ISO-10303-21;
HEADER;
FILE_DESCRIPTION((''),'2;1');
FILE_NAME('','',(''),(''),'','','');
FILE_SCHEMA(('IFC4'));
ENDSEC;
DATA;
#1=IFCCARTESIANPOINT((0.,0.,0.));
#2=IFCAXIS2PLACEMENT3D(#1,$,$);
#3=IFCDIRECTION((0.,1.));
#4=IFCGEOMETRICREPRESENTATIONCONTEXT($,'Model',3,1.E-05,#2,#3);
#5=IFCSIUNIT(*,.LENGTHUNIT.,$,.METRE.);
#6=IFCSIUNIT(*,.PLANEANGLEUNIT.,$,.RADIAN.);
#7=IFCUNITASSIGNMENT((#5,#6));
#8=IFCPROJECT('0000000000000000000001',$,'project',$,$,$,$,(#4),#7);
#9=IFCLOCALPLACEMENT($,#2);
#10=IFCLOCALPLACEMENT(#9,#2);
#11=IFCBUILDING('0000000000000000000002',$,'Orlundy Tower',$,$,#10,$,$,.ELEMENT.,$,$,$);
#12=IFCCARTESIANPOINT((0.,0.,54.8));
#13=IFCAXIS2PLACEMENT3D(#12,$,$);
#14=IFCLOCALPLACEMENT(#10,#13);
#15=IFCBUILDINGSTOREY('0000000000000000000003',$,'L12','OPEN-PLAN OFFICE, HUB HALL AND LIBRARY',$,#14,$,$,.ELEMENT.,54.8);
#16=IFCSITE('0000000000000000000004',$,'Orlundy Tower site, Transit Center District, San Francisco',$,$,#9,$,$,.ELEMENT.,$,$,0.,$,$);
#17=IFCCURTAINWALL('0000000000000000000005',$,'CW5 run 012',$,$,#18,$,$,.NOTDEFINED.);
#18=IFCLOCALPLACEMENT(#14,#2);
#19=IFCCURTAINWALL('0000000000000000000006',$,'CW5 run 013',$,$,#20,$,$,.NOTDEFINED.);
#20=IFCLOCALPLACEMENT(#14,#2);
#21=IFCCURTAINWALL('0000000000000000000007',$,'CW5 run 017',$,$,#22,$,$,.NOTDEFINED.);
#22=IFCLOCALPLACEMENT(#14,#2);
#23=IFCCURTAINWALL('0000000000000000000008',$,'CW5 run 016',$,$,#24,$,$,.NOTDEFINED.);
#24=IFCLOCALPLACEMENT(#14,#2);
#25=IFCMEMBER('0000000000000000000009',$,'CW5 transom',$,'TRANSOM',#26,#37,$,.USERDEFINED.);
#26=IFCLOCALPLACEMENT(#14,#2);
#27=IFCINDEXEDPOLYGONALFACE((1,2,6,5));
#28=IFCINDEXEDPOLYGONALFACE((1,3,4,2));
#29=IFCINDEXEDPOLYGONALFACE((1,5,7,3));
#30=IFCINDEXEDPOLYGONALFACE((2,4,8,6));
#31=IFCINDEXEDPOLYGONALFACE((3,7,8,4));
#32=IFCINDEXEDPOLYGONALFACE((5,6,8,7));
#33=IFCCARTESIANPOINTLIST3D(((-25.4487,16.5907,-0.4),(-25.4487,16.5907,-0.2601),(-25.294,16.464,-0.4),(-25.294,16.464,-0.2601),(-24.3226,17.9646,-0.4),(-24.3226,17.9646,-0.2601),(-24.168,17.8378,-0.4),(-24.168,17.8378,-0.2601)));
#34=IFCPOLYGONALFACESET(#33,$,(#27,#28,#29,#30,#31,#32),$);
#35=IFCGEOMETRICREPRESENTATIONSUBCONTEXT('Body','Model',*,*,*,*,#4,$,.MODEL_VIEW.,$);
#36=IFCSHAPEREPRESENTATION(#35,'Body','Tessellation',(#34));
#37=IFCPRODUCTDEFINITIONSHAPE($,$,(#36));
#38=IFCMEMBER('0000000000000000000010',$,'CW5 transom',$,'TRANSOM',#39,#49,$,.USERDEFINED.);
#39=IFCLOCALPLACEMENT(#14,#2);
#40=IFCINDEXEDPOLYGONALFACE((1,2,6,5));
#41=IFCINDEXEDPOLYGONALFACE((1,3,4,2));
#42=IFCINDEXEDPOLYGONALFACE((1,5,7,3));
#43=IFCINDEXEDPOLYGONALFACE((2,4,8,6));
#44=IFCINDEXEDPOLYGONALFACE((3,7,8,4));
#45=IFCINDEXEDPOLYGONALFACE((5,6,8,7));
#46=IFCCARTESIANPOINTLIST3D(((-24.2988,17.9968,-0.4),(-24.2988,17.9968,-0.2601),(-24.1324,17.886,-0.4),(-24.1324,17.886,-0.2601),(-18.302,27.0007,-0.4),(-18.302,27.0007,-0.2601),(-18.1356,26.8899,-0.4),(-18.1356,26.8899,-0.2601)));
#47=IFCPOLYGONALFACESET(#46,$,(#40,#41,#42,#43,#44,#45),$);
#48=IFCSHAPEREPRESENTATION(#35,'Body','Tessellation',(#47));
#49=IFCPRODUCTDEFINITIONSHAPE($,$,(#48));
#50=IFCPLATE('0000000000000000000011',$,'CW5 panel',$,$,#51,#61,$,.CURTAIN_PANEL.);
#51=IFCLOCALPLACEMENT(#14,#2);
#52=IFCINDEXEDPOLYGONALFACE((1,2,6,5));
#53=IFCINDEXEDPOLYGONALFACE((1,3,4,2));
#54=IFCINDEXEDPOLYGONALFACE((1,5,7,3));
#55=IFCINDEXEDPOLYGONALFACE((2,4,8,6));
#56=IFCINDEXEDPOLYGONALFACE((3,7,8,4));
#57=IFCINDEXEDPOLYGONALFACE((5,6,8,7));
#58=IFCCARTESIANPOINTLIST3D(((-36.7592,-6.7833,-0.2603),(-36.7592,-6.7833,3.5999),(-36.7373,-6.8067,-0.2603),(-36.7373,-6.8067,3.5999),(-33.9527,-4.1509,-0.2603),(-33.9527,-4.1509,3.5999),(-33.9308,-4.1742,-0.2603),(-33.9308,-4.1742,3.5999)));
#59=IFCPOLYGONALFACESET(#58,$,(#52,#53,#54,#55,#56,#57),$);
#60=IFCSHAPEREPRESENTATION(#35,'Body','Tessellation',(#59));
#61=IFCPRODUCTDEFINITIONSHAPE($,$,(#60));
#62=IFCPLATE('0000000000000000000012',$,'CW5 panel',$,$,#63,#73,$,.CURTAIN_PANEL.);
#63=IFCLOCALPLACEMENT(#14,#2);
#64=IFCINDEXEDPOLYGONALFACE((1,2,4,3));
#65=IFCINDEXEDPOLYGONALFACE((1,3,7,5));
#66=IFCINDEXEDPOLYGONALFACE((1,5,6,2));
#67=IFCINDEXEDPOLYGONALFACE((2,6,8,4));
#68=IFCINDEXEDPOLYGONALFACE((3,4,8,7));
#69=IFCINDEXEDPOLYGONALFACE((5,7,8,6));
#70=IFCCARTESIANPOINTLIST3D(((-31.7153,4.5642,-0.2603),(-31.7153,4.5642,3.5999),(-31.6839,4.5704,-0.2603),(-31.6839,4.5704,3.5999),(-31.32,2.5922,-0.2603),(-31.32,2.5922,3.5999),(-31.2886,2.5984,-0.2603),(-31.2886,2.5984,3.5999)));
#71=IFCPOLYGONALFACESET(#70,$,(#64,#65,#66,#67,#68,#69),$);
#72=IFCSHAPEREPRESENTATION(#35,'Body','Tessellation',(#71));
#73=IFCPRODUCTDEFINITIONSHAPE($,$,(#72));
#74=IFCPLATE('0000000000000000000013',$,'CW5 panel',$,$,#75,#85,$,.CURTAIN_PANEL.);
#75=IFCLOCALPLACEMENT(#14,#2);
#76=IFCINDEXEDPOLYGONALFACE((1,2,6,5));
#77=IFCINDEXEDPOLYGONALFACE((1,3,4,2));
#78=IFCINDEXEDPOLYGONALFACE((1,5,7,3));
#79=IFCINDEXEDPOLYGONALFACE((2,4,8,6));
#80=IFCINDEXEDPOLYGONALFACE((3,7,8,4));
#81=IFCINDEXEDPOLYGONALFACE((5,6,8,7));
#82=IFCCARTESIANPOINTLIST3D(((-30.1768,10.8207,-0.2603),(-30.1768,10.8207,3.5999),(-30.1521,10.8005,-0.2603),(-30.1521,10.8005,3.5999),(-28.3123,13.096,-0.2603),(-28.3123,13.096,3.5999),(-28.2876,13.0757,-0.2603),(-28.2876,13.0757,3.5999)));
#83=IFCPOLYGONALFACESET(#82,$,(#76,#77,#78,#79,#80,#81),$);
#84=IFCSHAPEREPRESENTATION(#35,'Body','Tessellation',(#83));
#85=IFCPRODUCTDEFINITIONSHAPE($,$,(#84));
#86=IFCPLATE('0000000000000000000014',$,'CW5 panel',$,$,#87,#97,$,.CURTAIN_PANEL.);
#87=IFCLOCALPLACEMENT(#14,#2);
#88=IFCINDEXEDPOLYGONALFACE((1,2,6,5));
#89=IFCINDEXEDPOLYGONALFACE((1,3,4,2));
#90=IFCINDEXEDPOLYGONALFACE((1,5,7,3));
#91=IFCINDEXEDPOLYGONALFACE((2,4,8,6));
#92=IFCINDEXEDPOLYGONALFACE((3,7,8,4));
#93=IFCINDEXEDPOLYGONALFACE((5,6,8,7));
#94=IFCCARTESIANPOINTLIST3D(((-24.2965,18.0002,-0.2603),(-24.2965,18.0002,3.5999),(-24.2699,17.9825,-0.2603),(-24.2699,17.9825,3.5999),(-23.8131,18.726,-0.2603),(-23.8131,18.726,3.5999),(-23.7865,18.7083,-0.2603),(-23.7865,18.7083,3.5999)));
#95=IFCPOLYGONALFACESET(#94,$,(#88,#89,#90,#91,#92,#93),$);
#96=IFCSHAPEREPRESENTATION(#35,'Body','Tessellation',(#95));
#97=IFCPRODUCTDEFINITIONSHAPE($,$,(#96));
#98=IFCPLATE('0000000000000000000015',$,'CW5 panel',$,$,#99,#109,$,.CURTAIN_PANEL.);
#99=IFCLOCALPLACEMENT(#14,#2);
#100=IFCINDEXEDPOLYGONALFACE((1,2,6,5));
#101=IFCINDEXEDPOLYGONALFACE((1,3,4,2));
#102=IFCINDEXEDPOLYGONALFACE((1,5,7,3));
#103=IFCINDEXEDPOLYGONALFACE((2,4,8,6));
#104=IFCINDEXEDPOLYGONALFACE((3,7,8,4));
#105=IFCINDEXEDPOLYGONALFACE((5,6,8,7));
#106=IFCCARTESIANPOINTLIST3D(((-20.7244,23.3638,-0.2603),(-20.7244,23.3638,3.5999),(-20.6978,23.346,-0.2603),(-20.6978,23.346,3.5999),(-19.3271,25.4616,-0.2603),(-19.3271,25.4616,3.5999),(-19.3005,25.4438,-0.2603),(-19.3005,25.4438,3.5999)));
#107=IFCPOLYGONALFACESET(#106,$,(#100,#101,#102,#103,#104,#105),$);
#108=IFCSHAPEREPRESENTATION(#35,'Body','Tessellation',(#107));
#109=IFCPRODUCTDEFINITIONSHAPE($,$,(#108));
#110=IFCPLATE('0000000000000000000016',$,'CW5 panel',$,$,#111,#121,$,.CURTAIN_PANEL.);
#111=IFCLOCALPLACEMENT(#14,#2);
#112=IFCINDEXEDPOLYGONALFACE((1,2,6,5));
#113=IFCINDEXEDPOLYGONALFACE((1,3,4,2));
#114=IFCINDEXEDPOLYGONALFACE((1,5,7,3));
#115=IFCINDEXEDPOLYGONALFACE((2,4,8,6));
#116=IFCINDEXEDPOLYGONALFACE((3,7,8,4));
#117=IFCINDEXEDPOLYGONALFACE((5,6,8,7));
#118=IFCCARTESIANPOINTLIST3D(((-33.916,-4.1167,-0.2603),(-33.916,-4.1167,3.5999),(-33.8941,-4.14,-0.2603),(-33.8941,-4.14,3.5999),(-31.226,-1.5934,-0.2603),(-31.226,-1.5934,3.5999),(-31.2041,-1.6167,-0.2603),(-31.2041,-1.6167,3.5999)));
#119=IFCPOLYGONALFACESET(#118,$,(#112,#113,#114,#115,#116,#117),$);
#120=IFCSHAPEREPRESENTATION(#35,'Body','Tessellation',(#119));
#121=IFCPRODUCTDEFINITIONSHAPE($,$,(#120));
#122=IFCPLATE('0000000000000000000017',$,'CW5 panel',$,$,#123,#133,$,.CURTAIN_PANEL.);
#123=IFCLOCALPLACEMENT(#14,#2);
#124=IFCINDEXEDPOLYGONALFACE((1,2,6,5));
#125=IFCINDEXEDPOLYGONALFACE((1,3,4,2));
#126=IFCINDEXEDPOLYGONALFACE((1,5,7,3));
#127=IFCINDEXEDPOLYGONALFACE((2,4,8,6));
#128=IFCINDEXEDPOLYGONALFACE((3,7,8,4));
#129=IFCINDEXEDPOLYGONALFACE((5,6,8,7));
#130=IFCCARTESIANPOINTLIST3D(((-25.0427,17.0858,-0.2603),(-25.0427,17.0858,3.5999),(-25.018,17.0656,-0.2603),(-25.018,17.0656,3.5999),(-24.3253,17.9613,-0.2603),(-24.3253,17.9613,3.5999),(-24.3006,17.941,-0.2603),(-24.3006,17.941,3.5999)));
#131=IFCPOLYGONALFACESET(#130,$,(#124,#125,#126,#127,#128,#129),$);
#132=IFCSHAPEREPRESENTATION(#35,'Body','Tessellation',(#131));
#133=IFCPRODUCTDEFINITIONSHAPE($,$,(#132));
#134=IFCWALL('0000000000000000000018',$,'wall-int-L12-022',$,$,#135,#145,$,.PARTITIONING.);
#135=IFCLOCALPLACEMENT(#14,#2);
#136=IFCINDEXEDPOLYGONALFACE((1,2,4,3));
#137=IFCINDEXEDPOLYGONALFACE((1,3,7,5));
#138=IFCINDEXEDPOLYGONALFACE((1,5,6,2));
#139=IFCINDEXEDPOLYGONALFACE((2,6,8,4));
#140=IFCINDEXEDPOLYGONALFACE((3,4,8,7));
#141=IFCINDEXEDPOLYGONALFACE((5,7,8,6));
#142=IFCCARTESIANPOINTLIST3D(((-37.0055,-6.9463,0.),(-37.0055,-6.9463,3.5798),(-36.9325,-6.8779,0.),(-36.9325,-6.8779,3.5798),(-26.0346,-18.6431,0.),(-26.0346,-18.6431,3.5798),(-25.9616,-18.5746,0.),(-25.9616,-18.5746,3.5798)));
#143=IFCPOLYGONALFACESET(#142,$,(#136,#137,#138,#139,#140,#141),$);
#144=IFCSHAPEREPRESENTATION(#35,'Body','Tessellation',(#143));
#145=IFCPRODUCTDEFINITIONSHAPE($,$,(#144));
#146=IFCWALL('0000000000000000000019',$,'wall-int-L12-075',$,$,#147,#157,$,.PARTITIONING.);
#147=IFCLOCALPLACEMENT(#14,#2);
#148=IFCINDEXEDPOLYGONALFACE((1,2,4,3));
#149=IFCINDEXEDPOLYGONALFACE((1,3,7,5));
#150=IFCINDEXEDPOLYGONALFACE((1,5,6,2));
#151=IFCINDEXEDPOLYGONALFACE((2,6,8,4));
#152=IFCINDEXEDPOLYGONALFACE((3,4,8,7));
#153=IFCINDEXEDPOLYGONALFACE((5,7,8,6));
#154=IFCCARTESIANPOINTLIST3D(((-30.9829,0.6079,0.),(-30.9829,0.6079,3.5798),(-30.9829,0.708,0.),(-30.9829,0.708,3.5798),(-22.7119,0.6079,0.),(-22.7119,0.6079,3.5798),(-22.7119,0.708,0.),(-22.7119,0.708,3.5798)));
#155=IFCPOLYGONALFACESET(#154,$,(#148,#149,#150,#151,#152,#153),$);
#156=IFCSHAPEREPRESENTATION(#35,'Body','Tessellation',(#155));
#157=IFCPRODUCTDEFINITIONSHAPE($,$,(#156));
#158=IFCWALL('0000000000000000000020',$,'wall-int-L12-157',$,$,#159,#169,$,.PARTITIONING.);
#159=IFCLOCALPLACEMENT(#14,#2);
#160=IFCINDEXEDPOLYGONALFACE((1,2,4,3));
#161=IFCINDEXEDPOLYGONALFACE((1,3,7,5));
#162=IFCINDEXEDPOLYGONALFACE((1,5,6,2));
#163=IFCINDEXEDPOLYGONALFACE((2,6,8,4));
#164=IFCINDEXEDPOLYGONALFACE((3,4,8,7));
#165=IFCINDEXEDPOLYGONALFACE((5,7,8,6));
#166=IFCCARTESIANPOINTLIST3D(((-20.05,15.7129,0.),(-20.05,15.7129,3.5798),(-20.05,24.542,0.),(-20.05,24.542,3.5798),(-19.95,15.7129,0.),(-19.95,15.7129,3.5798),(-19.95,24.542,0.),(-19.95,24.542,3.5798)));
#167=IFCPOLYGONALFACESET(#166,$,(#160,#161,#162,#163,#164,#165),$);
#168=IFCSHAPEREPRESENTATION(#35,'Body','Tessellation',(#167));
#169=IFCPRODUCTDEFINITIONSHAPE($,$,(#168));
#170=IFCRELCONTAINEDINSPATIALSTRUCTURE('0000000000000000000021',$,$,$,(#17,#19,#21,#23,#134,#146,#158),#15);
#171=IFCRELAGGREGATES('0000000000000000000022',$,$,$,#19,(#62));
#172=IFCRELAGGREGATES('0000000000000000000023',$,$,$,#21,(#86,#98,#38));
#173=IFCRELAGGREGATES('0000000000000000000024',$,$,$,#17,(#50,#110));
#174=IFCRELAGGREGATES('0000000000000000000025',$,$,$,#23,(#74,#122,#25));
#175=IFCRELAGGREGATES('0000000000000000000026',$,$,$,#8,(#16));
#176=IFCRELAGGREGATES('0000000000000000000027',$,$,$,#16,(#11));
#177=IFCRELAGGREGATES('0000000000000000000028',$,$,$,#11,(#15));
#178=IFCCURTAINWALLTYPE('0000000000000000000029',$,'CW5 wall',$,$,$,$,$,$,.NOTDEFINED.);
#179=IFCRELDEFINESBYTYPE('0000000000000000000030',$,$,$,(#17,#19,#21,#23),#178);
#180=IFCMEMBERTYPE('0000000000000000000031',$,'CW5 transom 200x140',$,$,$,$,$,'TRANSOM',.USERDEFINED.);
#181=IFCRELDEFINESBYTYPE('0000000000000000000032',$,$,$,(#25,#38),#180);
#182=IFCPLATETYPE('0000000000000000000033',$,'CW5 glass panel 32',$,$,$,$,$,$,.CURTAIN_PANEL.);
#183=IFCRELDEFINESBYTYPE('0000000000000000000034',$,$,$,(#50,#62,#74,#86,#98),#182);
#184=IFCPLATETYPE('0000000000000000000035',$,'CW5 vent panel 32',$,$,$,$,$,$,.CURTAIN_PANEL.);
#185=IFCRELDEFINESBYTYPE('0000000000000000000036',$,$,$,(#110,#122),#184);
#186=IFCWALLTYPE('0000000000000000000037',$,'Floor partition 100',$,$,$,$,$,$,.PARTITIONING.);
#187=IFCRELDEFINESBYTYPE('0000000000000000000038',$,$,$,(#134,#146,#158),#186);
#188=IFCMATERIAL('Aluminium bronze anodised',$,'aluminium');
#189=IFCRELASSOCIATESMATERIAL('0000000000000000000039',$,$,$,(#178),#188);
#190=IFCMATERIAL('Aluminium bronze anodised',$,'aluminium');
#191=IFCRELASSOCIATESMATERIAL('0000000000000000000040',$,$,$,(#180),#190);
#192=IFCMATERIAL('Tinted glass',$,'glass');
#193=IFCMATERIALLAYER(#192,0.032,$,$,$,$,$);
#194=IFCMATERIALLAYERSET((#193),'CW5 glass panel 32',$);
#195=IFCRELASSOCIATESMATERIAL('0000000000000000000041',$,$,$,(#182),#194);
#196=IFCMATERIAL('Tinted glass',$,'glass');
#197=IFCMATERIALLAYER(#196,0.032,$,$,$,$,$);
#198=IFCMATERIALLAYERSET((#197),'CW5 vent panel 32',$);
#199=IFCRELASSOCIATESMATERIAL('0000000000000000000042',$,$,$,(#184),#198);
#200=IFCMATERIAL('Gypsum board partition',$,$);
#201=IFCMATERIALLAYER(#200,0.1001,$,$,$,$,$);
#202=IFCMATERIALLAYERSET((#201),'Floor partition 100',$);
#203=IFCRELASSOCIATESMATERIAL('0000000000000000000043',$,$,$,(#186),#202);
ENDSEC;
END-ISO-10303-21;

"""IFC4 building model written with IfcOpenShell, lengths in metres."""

from ifc_helpers import new_model, si_unit, direction, frame, frame_2d, origin, origin_2d, place, context, subcontext, project, spatial, rectangle, extrude, material, layer, layer_set, material_profile, profile_set, type_object, element, aggregate, save


model = new_model("IFC4")

# Units and contexts
model_context = context("Model", 3, precision=1e-05, world=origin(), true_north=direction((0.0, 1.0)))
body_context = subcontext(model_context, "Body", "Model", "MODEL_VIEW")
ifc_project = project(units=[si_unit("LENGTHUNIT", "METRE"), si_unit("PLANEANGLEUNIT", "RADIAN")], contexts=[model_context])

# Site, building, storey
site_placement = place(None, origin())
site = spatial("IfcSite", under=ifc_project, at=site_placement, Name="Orlundy Tower site, Transit Center District, San Francisco", CompositionType="ELEMENT", RefElevation=0.0)
building_placement = place(site_placement, origin())
building = spatial("IfcBuilding", under=site, at=building_placement, Name="Orlundy Tower", CompositionType="ELEMENT")
storey_placement = place(building_placement, frame((0.0, 0.0, 54.8)))
storey = spatial("IfcBuildingStorey", under=building, at=storey_placement, Name="L12", Description="OPEN-PLAN OFFICE, HUB HALL AND LIBRARY", CompositionType="ELEMENT", Elevation=54.8)

# Curtain walls
ifc_material_1 = material(Name="Aluminium bronze anodised", Category="aluminium")
curtain_wall_type = type_object("IfcCurtainWallType", Name="CW5 wall", PredefinedType="NOTDEFINED", material=ifc_material_1)
curtain_wall_1_placement = place(storey_placement, origin())
curtain_wall_1 = element("IfcCurtainWall", 1, at=curtain_wall_1_placement, inside=storey, type_object=curtain_wall_type, Name="CW5 run 012", PredefinedType="NOTDEFINED")
curtain_wall_2_placement = place(storey_placement, origin())
curtain_wall_2 = element("IfcCurtainWall", 2, at=curtain_wall_2_placement, inside=storey, type_object=curtain_wall_type, Name="CW5 run 013", PredefinedType="NOTDEFINED")
curtain_wall_3_placement = place(storey_placement, origin())
curtain_wall_3 = element("IfcCurtainWall", 3, at=curtain_wall_3_placement, inside=storey, type_object=curtain_wall_type, Name="CW5 run 017", PredefinedType="NOTDEFINED")

# Shared definitions
ifc_material_2 = material(Name="Aluminium bronze anodised", Category="aluminium")
ifc_material_profile_1 = material_profile(ifc_material_2, rectangle(XDim=0.2, YDim=0.1399, at=origin_2d()), Name="CW5 transom 200x140")
ifc_profile_set_1 = profile_set([ifc_material_profile_1], Name="Aluminium bronze anodised")
member_type_1 = type_object("IfcMemberType", Name="CW5 transom 200x140", ElementType="TRANSOM", PredefinedType="USERDEFINED", material=ifc_profile_set_1)

# Curtain wall, member
curtain_wall_4_placement = place(storey_placement, origin())
curtain_wall_4 = element("IfcCurtainWall", 4, at=curtain_wall_4_placement, inside=storey, type_object=curtain_wall_type, Name="CW5 run 016", PredefinedType="NOTDEFINED")
member_1_placement = place(storey_placement, frame((-25.3713, 16.5273, -0.3301), z_axis=(0.633904, 0.773412, 0.0), x_axis=(-0.773412, 0.633904, 0.0)))
member_1 = element("IfcMember", 5, at=member_1_placement, type_object=member_type_1, Name="CW5 transom", ObjectType="TRANSOM", PredefinedType="USERDEFINED", context=body_context, shape_type="SweptSolid", body=[
    extrude(rectangle(XDim=0.2, YDim=0.1399, at=origin_2d()), origin(), (0.0, 0.0, 1.0), 1.7764),
])

# Member
member_2_placement = place(storey_placement, frame((-24.2156, 17.9414, -0.3301), z_axis=(0.55433, 0.832297, 0.0), x_axis=(-0.832297, 0.55433, 0.0)))
member_2 = element("IfcMember", 6, at=member_2_placement, type_object=member_type_1, Name="CW5 transom", ObjectType="TRANSOM", PredefinedType="USERDEFINED", context=body_context, shape_type="SweptSolid", body=[
    extrude(rectangle(XDim=0.2, YDim=0.1399, at=origin_2d()), origin(), (0.0, 0.0, 1.0), 10.8181),
])

# Plates
ifc_material_3 = material(Name="Tinted glass", Category="glass")
ifc_layer_1 = layer(ifc_material_3, 0.032)
ifc_layer_set_1 = layer_set([ifc_layer_1], Name="CW5 glass panel 32")
plate_type_1 = type_object("IfcPlateType", Name="CW5 glass panel 32", PredefinedType="CURTAIN_PANEL", material=ifc_layer_set_1)
plate_1_placement = place(storey_placement, frame((-35.345, -5.4788, -0.2603), z_axis=(0.0, 0.0, 1.0), x_axis=(0.729356, 0.684134, 0.0)))
plate_1 = element("IfcPlate", 7, at=plate_1_placement, type_object=plate_type_1, Name="CW5 panel", PredefinedType="CURTAIN_PANEL", context=body_context, shape_type="SweptSolid", body=[
    extrude(rectangle(XDim=3.8479, YDim=0.032, at=origin_2d()), origin(), (0.0, 0.0, 1.0), 3.8601),
])
plate_2_placement = place(storey_placement, frame((-31.502, 3.5813, -0.2603), z_axis=(0.0, 0.0, 1.0), x_axis=(-0.196526, 0.980499, 0.0)))
plate_2 = element("IfcPlate", 8, at=plate_2_placement, type_object=plate_type_1, Name="CW5 panel", PredefinedType="CURTAIN_PANEL", context=body_context, shape_type="SweptSolid", body=[
    extrude(rectangle(XDim=2.0112, YDim=0.032, at=origin_2d()), origin(), (0.0, 0.0, 1.0), 3.8601),
])
aggregate(curtain_wall_2, [plate_2])
plate_3_placement = place(storey_placement, frame((-29.2322, 11.9482, -0.2603), z_axis=(0.0, 0.0, 1.0), x_axis=(0.63383, 0.773472, 0.0)))
plate_3 = element("IfcPlate", 9, at=plate_3_placement, type_object=plate_type_1, Name="CW5 panel", PredefinedType="CURTAIN_PANEL", context=body_context, shape_type="SweptSolid", body=[
    extrude(rectangle(XDim=2.9417, YDim=0.032, at=origin_2d()), origin(), (0.0, 0.0, 1.0), 3.8601),
])
plate_4_placement = place(storey_placement, frame((-24.0415, 18.3542, -0.2603), z_axis=(0.0, 0.0, 1.0), x_axis=(0.554342, 0.832289, 0.0)))
plate_4 = element("IfcPlate", 10, at=plate_4_placement, type_object=plate_type_1, Name="CW5 panel", PredefinedType="CURTAIN_PANEL", context=body_context, shape_type="SweptSolid", body=[
    extrude(rectangle(XDim=0.8721, YDim=0.032, at=origin_2d()), origin(), (0.0, 0.0, 1.0), 3.8601),
])
plate_5_placement = place(storey_placement, frame((-20.0125, 24.4038, -0.2603), z_axis=(0.0, 0.0, 1.0), x_axis=(0.554342, 0.832289, 0.0)))
plate_5 = element("IfcPlate", 11, at=plate_5_placement, type_object=plate_type_1, Name="CW5 panel", PredefinedType="CURTAIN_PANEL", context=body_context, shape_type="SweptSolid", body=[
    extrude(rectangle(XDim=2.5205, YDim=0.032, at=origin_2d()), origin(), (0.0, 0.0, 1.0), 3.8601),
])
aggregate(curtain_wall_3, [plate_4, plate_5, member_2])
ifc_material_4 = material(Name="Tinted glass", Category="glass")
ifc_layer_2 = layer(ifc_material_4, 0.032)
ifc_layer_set_2 = layer_set([ifc_layer_2], Name="CW5 vent panel 32")
plate_type_2 = type_object("IfcPlateType", Name="CW5 vent panel 32", PredefinedType="CURTAIN_PANEL", material=ifc_layer_set_2)
plate_6_placement = place(storey_placement, frame((-32.5601, -2.8667, -0.2603), z_axis=(0.0, 0.0, 1.0), x_axis=(0.729356, 0.684134, 0.0)))
plate_6 = element("IfcPlate", 12, at=plate_6_placement, type_object=plate_type_2, Name="CW5 panel", PredefinedType="CURTAIN_PANEL", context=body_context, shape_type="SweptSolid", body=[
    extrude(rectangle(XDim=3.6882, YDim=0.032, at=origin_2d()), origin(), (0.0, 0.0, 1.0), 3.8601),
])
aggregate(curtain_wall_1, [plate_1, plate_6])
plate_7_placement = place(storey_placement, frame((-24.6716, 17.5134, -0.2603), z_axis=(0.0, 0.0, 1.0), x_axis=(0.63383, 0.773472, 0.0)))
plate_7 = element("IfcPlate", 13, at=plate_7_placement, type_object=plate_type_2, Name="CW5 panel", PredefinedType="CURTAIN_PANEL", context=body_context, shape_type="SweptSolid", body=[
    extrude(rectangle(XDim=1.1318, YDim=0.032, at=origin_2d()), origin(), (0.0, 0.0, 1.0), 3.8601),
])
aggregate(curtain_wall_4, [plate_3, plate_7, member_1])

# Walls
ifc_material_5 = material(Name="Gypsum board partition")
ifc_layer_3 = layer(ifc_material_5, 0.1001)
ifc_layer_set_3 = layer_set([ifc_layer_3], Name="Floor partition 100")
wall_type_1 = type_object("IfcWallType", Name="Floor partition 100", PredefinedType="PARTITIONING", material=ifc_layer_set_3)
wall_1_placement = place(storey_placement, frame((-36.969, -6.9121, 0.0), z_axis=(0.0, 0.0, 1.0), x_axis=(0.684114, -0.729375, 0.0)))
element("IfcWall", 14, at=wall_1_placement, inside=storey, type_object=wall_type_1, Name="wall-int-L12-022", PredefinedType="PARTITIONING", context=body_context, shape_type="SweptSolid", body=[
    extrude(rectangle(XDim=16.0366, YDim=0.1001, at=frame_2d((8.0183, 0.0))), origin(), (0.0, 0.0, 1.0), 3.5798),
])
wall_2_placement = place(storey_placement, frame((-30.9829, 0.658, 0.0), z_axis=(0.0, 0.0, 1.0), x_axis=(1.0, 0.0, 0.0)))
element("IfcWall", 15, at=wall_2_placement, inside=storey, type_object=wall_type_1, Name="wall-int-L12-075", PredefinedType="PARTITIONING", context=body_context, shape_type="SweptSolid", body=[
    extrude(rectangle(XDim=8.271, YDim=0.1001, at=frame_2d((4.1355, 0.0))), origin(), (0.0, 0.0, 1.0), 3.5798),
])
wall_3_placement = place(storey_placement, frame((-20.0, 15.7129, 0.0), z_axis=(0.0, 0.0, 1.0), x_axis=(0.0, 1.0, 0.0)))
element("IfcWall", 16, at=wall_3_placement, inside=storey, type_object=wall_type_1, Name="wall-int-L12-157", PredefinedType="PARTITIONING", context=body_context, shape_type="SweptSolid", body=[
    extrude(rectangle(XDim=8.8291, YDim=0.1001, at=frame_2d((4.4146, 0.0))), origin(), (0.0, 0.0, 1.0), 3.5798),
])

save(model, "model.ifc")
